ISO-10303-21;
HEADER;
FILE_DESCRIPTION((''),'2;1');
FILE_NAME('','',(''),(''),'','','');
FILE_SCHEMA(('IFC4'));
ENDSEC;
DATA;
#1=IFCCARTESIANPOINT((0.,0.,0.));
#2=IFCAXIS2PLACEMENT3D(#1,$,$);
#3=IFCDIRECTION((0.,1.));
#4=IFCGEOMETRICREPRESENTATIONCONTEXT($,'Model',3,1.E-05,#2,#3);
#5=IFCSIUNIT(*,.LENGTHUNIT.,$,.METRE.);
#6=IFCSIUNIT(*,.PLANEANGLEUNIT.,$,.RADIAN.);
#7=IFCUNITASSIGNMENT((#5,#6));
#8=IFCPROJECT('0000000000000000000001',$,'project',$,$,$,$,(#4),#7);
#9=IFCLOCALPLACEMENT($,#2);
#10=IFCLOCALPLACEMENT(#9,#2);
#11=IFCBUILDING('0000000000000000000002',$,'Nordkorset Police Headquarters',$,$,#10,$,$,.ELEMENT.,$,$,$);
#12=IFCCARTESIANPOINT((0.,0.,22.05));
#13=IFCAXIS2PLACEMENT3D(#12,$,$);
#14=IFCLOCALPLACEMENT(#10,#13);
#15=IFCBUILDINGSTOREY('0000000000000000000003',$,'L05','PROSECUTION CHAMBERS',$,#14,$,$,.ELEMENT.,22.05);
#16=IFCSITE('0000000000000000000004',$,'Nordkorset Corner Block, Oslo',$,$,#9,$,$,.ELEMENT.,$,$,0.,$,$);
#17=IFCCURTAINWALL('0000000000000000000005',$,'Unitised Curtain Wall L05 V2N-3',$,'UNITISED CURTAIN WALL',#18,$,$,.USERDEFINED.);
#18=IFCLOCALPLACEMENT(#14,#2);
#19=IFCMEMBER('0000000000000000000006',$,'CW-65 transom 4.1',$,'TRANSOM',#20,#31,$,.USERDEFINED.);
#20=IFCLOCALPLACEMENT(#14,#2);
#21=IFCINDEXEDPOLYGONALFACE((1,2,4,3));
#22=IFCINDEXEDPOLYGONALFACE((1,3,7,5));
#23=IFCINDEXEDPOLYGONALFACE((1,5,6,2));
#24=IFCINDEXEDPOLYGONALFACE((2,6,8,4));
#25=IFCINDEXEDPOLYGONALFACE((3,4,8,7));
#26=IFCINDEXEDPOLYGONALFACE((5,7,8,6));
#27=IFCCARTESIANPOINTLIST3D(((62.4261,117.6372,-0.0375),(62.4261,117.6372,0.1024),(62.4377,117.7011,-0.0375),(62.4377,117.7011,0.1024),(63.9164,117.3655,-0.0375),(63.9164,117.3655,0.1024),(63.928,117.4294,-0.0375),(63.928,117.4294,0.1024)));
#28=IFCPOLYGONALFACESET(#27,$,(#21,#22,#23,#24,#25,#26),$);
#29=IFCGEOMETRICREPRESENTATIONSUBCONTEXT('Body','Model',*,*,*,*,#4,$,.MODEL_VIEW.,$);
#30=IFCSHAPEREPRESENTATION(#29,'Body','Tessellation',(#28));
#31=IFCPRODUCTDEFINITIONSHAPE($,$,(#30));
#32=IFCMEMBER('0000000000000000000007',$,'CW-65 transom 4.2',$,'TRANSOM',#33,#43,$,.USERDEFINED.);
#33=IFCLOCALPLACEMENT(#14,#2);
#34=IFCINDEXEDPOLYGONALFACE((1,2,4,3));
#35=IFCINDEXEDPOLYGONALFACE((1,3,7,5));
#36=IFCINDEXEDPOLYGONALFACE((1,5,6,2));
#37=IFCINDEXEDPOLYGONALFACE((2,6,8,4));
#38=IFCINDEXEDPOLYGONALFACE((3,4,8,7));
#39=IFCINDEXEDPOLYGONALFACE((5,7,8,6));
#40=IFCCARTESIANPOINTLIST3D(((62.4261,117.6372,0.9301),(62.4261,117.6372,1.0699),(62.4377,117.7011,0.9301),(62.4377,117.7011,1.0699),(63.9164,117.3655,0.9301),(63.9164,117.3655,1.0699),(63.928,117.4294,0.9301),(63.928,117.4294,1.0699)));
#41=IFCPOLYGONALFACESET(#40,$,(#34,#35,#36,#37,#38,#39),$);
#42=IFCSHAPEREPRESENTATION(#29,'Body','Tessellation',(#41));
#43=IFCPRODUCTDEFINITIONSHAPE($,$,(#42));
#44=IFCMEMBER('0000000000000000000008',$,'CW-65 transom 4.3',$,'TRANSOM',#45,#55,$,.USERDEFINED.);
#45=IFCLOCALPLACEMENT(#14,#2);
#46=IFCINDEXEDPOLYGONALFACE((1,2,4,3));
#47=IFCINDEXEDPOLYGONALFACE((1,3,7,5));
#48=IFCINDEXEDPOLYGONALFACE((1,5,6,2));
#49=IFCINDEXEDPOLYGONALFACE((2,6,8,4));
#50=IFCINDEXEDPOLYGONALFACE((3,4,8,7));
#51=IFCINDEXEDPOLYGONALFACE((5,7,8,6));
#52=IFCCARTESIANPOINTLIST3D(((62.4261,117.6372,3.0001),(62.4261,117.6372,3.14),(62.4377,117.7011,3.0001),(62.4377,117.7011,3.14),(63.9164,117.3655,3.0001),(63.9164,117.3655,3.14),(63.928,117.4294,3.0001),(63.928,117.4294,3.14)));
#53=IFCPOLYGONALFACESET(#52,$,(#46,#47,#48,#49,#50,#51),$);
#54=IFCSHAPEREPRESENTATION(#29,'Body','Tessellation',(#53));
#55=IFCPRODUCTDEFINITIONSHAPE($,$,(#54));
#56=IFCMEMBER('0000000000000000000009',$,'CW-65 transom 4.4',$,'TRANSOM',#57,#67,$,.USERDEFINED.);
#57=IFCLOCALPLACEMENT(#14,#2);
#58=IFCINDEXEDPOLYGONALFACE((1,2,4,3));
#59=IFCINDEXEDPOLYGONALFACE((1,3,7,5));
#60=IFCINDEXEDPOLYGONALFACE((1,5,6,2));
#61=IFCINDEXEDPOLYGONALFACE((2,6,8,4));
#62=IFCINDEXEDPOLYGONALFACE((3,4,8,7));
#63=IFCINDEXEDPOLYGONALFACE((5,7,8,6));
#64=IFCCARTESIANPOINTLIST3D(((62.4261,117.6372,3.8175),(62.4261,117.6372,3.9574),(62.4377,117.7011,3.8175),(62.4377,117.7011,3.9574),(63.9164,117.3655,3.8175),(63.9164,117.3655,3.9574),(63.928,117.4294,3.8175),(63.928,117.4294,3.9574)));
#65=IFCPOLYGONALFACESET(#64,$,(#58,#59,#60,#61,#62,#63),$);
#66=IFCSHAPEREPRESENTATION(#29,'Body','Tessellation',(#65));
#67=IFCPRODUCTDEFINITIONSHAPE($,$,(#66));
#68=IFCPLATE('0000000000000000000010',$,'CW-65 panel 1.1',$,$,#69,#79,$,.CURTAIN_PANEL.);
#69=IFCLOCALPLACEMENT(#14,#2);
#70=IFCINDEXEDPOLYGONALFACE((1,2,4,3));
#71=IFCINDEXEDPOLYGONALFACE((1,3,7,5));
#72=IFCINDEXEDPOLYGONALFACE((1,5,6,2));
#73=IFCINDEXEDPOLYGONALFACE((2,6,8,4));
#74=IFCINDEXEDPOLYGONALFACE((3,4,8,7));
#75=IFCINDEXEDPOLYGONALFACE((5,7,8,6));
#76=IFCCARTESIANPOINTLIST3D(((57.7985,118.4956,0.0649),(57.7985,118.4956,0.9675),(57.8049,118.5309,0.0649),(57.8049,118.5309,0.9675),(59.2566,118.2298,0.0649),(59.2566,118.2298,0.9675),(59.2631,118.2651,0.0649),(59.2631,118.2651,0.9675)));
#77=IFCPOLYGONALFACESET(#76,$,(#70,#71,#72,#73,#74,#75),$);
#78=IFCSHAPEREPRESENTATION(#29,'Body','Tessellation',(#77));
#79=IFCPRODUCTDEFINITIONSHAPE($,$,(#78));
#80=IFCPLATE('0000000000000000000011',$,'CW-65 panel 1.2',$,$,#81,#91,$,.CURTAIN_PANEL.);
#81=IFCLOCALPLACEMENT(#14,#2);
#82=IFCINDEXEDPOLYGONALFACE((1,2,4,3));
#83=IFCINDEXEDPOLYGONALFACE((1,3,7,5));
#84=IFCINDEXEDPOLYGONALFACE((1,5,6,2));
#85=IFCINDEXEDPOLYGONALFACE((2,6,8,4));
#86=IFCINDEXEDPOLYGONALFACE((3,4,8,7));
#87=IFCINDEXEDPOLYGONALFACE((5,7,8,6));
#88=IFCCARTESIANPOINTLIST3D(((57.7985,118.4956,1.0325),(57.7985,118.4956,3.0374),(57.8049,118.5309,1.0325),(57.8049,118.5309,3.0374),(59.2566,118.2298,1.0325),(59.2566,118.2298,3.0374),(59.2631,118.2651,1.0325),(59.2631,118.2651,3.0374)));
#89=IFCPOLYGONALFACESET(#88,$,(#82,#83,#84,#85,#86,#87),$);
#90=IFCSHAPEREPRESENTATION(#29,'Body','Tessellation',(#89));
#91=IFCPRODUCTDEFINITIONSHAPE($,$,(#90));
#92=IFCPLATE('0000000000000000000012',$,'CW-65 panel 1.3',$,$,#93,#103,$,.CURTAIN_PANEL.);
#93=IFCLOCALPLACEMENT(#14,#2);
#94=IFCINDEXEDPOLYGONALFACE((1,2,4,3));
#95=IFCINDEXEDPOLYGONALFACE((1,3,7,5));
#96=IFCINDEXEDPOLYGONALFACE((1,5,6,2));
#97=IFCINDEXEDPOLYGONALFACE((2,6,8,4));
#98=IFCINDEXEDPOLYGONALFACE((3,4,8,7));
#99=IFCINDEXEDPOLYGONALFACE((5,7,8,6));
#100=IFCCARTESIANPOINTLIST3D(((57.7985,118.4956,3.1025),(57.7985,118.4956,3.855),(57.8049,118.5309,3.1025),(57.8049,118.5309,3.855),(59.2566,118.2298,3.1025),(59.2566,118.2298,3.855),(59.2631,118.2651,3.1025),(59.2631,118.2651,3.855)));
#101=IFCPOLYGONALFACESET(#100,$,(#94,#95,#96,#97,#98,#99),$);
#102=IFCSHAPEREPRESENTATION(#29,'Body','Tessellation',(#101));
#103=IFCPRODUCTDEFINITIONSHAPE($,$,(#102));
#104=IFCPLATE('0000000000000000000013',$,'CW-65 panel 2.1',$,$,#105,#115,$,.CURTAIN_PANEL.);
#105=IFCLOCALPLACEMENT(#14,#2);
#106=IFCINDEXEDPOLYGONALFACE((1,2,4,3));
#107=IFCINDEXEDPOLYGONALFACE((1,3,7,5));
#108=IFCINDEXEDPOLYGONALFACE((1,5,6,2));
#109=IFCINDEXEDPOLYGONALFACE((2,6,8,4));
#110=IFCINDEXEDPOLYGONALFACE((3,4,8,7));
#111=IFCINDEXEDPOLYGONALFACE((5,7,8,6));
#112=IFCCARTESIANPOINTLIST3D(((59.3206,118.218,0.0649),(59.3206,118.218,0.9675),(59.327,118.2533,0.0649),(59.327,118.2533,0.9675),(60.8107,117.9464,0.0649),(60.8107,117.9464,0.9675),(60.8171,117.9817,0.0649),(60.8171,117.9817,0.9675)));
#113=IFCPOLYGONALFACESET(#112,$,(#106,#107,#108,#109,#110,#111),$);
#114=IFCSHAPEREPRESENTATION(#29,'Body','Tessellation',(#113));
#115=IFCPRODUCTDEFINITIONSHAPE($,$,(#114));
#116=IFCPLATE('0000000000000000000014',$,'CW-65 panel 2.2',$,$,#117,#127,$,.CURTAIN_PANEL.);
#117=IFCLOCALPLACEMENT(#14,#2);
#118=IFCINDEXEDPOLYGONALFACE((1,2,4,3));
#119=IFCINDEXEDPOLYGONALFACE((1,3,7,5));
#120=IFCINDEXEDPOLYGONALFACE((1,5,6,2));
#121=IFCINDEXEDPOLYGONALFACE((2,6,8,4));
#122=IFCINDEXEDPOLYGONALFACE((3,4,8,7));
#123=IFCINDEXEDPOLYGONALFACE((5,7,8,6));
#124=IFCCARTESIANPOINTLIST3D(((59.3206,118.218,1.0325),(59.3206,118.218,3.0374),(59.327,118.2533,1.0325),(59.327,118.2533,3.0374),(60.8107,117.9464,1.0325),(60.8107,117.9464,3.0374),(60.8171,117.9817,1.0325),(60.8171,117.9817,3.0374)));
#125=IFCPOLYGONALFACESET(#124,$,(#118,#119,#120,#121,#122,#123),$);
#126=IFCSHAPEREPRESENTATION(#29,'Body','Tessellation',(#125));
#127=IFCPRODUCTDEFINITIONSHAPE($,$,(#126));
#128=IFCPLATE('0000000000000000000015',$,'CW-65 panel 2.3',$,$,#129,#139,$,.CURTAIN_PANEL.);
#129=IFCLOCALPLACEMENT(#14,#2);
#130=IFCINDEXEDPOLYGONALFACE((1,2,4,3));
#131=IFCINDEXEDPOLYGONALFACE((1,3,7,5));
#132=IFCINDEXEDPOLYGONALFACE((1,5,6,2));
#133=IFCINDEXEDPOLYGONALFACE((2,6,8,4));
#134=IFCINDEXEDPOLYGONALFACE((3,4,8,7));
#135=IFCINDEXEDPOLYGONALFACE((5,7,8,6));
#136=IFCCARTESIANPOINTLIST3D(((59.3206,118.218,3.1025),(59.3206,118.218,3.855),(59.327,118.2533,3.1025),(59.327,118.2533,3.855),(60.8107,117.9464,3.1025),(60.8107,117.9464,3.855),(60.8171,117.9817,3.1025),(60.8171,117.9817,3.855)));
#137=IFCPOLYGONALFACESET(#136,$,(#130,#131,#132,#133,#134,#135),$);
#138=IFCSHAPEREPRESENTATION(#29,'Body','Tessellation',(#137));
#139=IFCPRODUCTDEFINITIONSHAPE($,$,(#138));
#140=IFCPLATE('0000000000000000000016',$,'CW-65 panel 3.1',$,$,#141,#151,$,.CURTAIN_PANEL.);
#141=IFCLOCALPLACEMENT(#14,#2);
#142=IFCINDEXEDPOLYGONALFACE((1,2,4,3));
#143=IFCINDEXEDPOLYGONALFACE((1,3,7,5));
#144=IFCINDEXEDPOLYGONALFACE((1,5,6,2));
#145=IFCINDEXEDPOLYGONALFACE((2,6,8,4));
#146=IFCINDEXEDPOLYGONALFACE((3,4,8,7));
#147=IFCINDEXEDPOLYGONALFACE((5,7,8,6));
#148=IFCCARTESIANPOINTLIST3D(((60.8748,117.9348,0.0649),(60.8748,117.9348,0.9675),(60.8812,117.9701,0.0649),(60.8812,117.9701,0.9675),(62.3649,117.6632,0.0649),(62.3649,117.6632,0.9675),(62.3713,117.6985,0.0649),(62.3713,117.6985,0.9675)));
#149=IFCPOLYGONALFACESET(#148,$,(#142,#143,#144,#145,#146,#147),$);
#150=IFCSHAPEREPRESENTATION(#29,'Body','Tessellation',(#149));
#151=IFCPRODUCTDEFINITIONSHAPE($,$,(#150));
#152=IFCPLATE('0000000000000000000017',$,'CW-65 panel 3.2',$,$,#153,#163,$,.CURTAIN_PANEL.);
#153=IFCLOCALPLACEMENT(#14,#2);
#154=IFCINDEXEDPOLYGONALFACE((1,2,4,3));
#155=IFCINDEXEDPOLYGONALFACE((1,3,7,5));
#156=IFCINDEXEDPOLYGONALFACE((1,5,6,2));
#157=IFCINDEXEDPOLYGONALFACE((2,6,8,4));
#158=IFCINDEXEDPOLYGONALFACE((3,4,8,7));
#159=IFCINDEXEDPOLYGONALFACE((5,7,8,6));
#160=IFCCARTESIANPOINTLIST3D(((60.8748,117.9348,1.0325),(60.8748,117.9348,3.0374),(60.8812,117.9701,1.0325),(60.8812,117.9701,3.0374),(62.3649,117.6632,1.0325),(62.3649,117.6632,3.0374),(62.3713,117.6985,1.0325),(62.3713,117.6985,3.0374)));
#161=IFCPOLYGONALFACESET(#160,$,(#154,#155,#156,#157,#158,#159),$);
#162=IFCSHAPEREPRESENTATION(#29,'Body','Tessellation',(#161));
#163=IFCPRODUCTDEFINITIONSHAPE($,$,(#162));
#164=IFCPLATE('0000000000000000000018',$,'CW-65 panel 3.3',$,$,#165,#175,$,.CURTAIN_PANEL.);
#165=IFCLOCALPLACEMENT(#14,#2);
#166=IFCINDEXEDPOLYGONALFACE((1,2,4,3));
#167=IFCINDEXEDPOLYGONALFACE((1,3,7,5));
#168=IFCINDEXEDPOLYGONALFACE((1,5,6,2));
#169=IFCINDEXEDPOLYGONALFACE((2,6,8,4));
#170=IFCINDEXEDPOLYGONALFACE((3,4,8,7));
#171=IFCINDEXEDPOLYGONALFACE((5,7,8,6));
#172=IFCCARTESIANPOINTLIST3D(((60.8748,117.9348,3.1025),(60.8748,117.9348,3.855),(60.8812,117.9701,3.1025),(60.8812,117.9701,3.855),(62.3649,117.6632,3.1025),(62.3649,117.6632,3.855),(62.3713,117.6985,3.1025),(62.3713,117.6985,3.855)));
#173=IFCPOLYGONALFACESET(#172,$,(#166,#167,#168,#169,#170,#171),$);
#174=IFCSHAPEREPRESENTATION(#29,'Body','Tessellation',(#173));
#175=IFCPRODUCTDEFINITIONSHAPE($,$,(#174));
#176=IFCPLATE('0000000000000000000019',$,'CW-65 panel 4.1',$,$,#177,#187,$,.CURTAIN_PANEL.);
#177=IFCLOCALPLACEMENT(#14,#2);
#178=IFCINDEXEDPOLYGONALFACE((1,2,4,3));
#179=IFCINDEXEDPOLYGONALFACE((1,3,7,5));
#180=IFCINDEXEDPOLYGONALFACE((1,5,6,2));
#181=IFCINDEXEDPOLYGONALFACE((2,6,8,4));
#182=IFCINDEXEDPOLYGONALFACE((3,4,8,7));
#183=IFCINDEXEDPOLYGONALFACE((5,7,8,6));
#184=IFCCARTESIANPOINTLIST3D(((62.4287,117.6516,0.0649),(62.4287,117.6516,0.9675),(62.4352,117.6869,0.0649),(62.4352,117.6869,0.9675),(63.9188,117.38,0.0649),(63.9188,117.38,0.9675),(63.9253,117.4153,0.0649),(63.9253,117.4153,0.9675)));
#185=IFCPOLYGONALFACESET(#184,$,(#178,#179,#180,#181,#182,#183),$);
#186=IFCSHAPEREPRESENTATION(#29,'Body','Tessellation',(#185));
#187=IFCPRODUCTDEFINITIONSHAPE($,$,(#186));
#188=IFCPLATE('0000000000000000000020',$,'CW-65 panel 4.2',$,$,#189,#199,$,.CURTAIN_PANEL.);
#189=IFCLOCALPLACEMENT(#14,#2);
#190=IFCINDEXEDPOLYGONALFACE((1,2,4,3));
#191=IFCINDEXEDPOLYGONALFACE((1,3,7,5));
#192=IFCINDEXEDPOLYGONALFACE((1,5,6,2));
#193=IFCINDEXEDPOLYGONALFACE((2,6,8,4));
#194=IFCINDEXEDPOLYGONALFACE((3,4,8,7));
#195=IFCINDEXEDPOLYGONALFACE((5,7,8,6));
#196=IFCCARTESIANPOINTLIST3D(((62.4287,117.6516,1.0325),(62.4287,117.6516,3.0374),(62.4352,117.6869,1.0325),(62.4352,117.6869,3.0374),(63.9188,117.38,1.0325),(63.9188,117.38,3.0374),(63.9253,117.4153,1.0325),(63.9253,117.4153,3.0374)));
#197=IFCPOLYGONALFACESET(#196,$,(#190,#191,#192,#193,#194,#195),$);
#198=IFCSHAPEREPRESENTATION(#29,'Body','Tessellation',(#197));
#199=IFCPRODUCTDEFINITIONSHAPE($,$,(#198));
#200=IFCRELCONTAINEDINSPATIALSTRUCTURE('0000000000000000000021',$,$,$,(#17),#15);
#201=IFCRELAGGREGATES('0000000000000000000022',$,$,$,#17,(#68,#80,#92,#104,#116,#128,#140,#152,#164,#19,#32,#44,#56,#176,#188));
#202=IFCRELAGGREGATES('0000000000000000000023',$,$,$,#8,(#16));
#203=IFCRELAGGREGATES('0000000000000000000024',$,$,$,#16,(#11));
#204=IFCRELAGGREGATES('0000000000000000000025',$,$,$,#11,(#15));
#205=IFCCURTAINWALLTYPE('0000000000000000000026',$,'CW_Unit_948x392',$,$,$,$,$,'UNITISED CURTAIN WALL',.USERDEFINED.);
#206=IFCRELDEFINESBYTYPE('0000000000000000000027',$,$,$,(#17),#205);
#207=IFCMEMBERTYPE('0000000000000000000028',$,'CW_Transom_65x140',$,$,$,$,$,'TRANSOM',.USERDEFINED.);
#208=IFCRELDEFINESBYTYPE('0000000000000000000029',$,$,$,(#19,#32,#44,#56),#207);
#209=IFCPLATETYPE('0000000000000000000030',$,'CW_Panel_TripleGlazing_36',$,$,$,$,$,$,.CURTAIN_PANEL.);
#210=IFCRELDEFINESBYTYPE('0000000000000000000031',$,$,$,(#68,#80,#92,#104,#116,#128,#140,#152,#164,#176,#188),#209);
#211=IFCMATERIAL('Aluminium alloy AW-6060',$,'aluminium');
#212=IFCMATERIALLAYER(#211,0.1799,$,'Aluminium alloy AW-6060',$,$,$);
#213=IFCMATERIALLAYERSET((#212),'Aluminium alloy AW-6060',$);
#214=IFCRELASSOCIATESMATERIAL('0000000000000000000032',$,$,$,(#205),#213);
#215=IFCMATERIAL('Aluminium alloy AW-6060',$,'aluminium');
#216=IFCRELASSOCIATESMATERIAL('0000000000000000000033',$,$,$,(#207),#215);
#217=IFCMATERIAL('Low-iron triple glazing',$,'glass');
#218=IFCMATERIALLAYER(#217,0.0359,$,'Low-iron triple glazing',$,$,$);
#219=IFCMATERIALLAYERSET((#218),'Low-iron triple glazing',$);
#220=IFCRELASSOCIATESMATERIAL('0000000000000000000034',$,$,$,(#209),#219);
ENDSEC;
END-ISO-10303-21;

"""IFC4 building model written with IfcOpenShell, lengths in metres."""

from ifc_helpers import new_model, si_unit, direction, frame, origin, origin_2d, place, context, subcontext, project, spatial, rectangle, extrude, material, layer, layer_set, material_profile, profile_set, type_object, element, aggregate, save


model = new_model("IFC4")

# Units and contexts
model_context = context("Model", 3, precision=1e-05, world=origin(), true_north=direction((0.0, 1.0)))
body_context = subcontext(model_context, "Body", "Model", "MODEL_VIEW")
ifc_project = project(units=[si_unit("LENGTHUNIT", "METRE"), si_unit("PLANEANGLEUNIT", "RADIAN")], contexts=[model_context])

# Site, building, storey
site_placement = place(None, origin())
site = spatial("IfcSite", under=ifc_project, at=site_placement, Name="Nordkorset Corner Block, Oslo", CompositionType="ELEMENT", RefElevation=0.0)
building_placement = place(site_placement, origin())
building = spatial("IfcBuilding", under=site, at=building_placement, Name="Nordkorset Police Headquarters", CompositionType="ELEMENT")
storey_placement = place(building_placement, frame((0.0, 0.0, 22.05)))
storey = spatial("IfcBuildingStorey", under=building, at=storey_placement, Name="L05", Description="PROSECUTION CHAMBERS", CompositionType="ELEMENT", Elevation=22.05)

# Curtain wall, members, plates
ifc_material_1 = material(Name="Aluminium alloy AW-6060", Category="aluminium")
ifc_layer_1 = layer(ifc_material_1, 0.1799, Name="Aluminium alloy AW-6060")
ifc_layer_set_1 = layer_set([ifc_layer_1], Name="Aluminium alloy AW-6060")
curtain_wall_type = type_object("IfcCurtainWallType", Name="CW_Unit_948x392", ElementType="UNITISED CURTAIN WALL", PredefinedType="USERDEFINED", material=ifc_layer_set_1)
curtain_wall_placement = place(storey_placement, origin())
curtain_wall = element("IfcCurtainWall", 1, at=curtain_wall_placement, inside=storey, type_object=curtain_wall_type, Name="Unitised Curtain Wall L05 V2N-3", ObjectType="UNITISED CURTAIN WALL", PredefinedType="USERDEFINED")
ifc_material_2 = material(Name="Aluminium alloy AW-6060", Category="aluminium")
ifc_material_profile_1 = material_profile(ifc_material_2, rectangle(XDim=0.0649, YDim=0.1399, at=origin_2d()), Name="ALU TRAN 65x140")
ifc_profile_set_1 = profile_set([ifc_material_profile_1], Name="Aluminium alloy AW-6060")
member_type_1 = type_object("IfcMemberType", Name="CW_Transom_65x140", ElementType="TRANSOM", PredefinedType="USERDEFINED", material=ifc_profile_set_1)
member_1_placement = place(storey_placement, frame((62.4319, 117.6692, 0.0325), z_axis=(0.98378, -0.179382, 0.0), x_axis=(0.179382, 0.98378, 0.0)))
member_1 = element("IfcMember", 2, at=member_1_placement, type_object=member_type_1, Name="CW-65 transom 4.1", ObjectType="TRANSOM", PredefinedType="USERDEFINED", context=body_context, shape_type="SweptSolid", body=[
    extrude(rectangle(XDim=0.0649, YDim=0.1399, at=origin_2d()), origin(), (0.0, 0.0, 1.0), 1.5149),
])
member_2_placement = place(storey_placement, frame((62.4319, 117.6692, 1.0), z_axis=(0.98378, -0.179382, 0.0), x_axis=(0.179382, 0.98378, 0.0)))
member_2 = element("IfcMember", 3, at=member_2_placement, type_object=member_type_1, Name="CW-65 transom 4.2", ObjectType="TRANSOM", PredefinedType="USERDEFINED", context=body_context, shape_type="SweptSolid", body=[
    extrude(rectangle(XDim=0.0649, YDim=0.1399, at=origin_2d()), origin(), (0.0, 0.0, 1.0), 1.5149),
])
member_3_placement = place(storey_placement, frame((62.4319, 117.6692, 3.0701), z_axis=(0.98378, -0.179382, 0.0), x_axis=(0.179382, 0.98378, 0.0)))
member_3 = element("IfcMember", 4, at=member_3_placement, type_object=member_type_1, Name="CW-65 transom 4.3", ObjectType="TRANSOM", PredefinedType="USERDEFINED", context=body_context, shape_type="SweptSolid", body=[
    extrude(rectangle(XDim=0.0649, YDim=0.1399, at=origin_2d()), origin(), (0.0, 0.0, 1.0), 1.5149),
])
member_4_placement = place(storey_placement, frame((62.4319, 117.6692, 3.8875), z_axis=(0.98378, -0.179382, 0.0), x_axis=(0.179382, 0.98378, 0.0)))
member_4 = element("IfcMember", 5, at=member_4_placement, type_object=member_type_1, Name="CW-65 transom 4.4", ObjectType="TRANSOM", PredefinedType="USERDEFINED", context=body_context, shape_type="SweptSolid", body=[
    extrude(rectangle(XDim=0.0649, YDim=0.1399, at=origin_2d()), origin(), (0.0, 0.0, 1.0), 1.5149),
])
ifc_material_3 = material(Name="Low-iron triple glazing", Category="glass")
ifc_layer_2 = layer(ifc_material_3, 0.0359, Name="Low-iron triple glazing")
ifc_layer_set_2 = layer_set([ifc_layer_2], Name="Low-iron triple glazing")
plate_type = type_object("IfcPlateType", Name="CW_Panel_TripleGlazing_36", PredefinedType="CURTAIN_PANEL", material=ifc_layer_set_2)
plate_1_placement = place(storey_placement, frame((58.5308, 118.3804, 0.0649), z_axis=(0.0, 0.0, 1.0), x_axis=(0.983788, -0.179336, 0.0)))
plate_1 = element("IfcPlate", 6, at=plate_1_placement, type_object=plate_type, Name="CW-65 panel 1.1", PredefinedType="CURTAIN_PANEL", context=body_context, shape_type="SweptSolid", body=[
    extrude(rectangle(XDim=1.4822, YDim=0.0359, at=origin_2d()), origin(), (0.0, 0.0, 1.0), 0.9026),
])
plate_2_placement = place(storey_placement, frame((58.5308, 118.3804, 1.0325), z_axis=(0.0, 0.0, 1.0), x_axis=(0.983788, -0.179336, 0.0)))
plate_2 = element("IfcPlate", 7, at=plate_2_placement, type_object=plate_type, Name="CW-65 panel 1.2", PredefinedType="CURTAIN_PANEL", context=body_context, shape_type="SweptSolid", body=[
    extrude(rectangle(XDim=1.4822, YDim=0.0359, at=origin_2d()), origin(), (0.0, 0.0, 1.0), 2.0049),
])
plate_3_placement = place(storey_placement, frame((58.5308, 118.3804, 3.1025), z_axis=(0.0, 0.0, 1.0), x_axis=(0.983788, -0.179336, 0.0)))
plate_3 = element("IfcPlate", 8, at=plate_3_placement, type_object=plate_type, Name="CW-65 panel 1.3", PredefinedType="CURTAIN_PANEL", context=body_context, shape_type="SweptSolid", body=[
    extrude(rectangle(XDim=1.4822, YDim=0.0359, at=origin_2d()), origin(), (0.0, 0.0, 1.0), 0.7524),
])
plate_4_placement = place(storey_placement, frame((60.0688, 118.0999, 0.0649), z_axis=(0.0, 0.0, 1.0), x_axis=(0.983788, -0.179336, 0.0)))
plate_4 = element("IfcPlate", 9, at=plate_4_placement, type_object=plate_type, Name="CW-65 panel 2.1", PredefinedType="CURTAIN_PANEL", context=body_context, shape_type="SweptSolid", body=[
    extrude(rectangle(XDim=1.5146, YDim=0.0359, at=origin_2d()), origin(), (0.0, 0.0, 1.0), 0.9026),
])
plate_5_placement = place(storey_placement, frame((60.0688, 118.0999, 1.0325), z_axis=(0.0, 0.0, 1.0), x_axis=(0.983788, -0.179336, 0.0)))
plate_5 = element("IfcPlate", 10, at=plate_5_placement, type_object=plate_type, Name="CW-65 panel 2.2", PredefinedType="CURTAIN_PANEL", context=body_context, shape_type="SweptSolid", body=[
    extrude(rectangle(XDim=1.5146, YDim=0.0359, at=origin_2d()), origin(), (0.0, 0.0, 1.0), 2.0049),
])
plate_6_placement = place(storey_placement, frame((60.0688, 118.0999, 3.1025), z_axis=(0.0, 0.0, 1.0), x_axis=(0.983788, -0.179336, 0.0)))
plate_6 = element("IfcPlate", 11, at=plate_6_placement, type_object=plate_type, Name="CW-65 panel 2.3", PredefinedType="CURTAIN_PANEL", context=body_context, shape_type="SweptSolid", body=[
    extrude(rectangle(XDim=1.5146, YDim=0.0359, at=origin_2d()), origin(), (0.0, 0.0, 1.0), 0.7524),
])
plate_7_placement = place(storey_placement, frame((61.623, 117.8167, 0.0649), z_axis=(0.0, 0.0, 1.0), x_axis=(0.983788, -0.179336, 0.0)))
plate_7 = element("IfcPlate", 12, at=plate_7_placement, type_object=plate_type, Name="CW-65 panel 3.1", PredefinedType="CURTAIN_PANEL", context=body_context, shape_type="SweptSolid", body=[
    extrude(rectangle(XDim=1.5146, YDim=0.0359, at=origin_2d()), origin(), (0.0, 0.0, 1.0), 0.9026),
])
plate_8_placement = place(storey_placement, frame((61.623, 117.8167, 1.0325), z_axis=(0.0, 0.0, 1.0), x_axis=(0.983788, -0.179336, 0.0)))
plate_8 = element("IfcPlate", 13, at=plate_8_placement, type_object=plate_type, Name="CW-65 panel 3.2", PredefinedType="CURTAIN_PANEL", context=body_context, shape_type="SweptSolid", body=[
    extrude(rectangle(XDim=1.5146, YDim=0.0359, at=origin_2d()), origin(), (0.0, 0.0, 1.0), 2.0049),
])
plate_9_placement = place(storey_placement, frame((61.623, 117.8167, 3.1025), z_axis=(0.0, 0.0, 1.0), x_axis=(0.983788, -0.179336, 0.0)))
plate_9 = element("IfcPlate", 14, at=plate_9_placement, type_object=plate_type, Name="CW-65 panel 3.3", PredefinedType="CURTAIN_PANEL", context=body_context, shape_type="SweptSolid", body=[
    extrude(rectangle(XDim=1.5146, YDim=0.0359, at=origin_2d()), origin(), (0.0, 0.0, 1.0), 0.7524),
])
plate_10_placement = place(storey_placement, frame((63.177, 117.5334, 0.0649), z_axis=(0.0, 0.0, 1.0), x_axis=(0.983788, -0.179336, 0.0)))
plate_10 = element("IfcPlate", 15, at=plate_10_placement, type_object=plate_type, Name="CW-65 panel 4.1", PredefinedType="CURTAIN_PANEL", context=body_context, shape_type="SweptSolid", body=[
    extrude(rectangle(XDim=1.5146, YDim=0.0359, at=origin_2d()), origin(), (0.0, 0.0, 1.0), 0.9026),
])
plate_11_placement = place(storey_placement, frame((63.177, 117.5334, 1.0325), z_axis=(0.0, 0.0, 1.0), x_axis=(0.983788, -0.179336, 0.0)))
plate_11 = element("IfcPlate", 16, at=plate_11_placement, type_object=plate_type, Name="CW-65 panel 4.2", PredefinedType="CURTAIN_PANEL", context=body_context, shape_type="SweptSolid", body=[
    extrude(rectangle(XDim=1.5146, YDim=0.0359, at=origin_2d()), origin(), (0.0, 0.0, 1.0), 2.0049),
])
aggregate(curtain_wall, [plate_1, plate_2, plate_3, plate_4, plate_5, plate_6, plate_7, plate_8, plate_9, member_1, member_2, member_3, member_4, plate_10, plate_11])

save(model, "model.ifc")
